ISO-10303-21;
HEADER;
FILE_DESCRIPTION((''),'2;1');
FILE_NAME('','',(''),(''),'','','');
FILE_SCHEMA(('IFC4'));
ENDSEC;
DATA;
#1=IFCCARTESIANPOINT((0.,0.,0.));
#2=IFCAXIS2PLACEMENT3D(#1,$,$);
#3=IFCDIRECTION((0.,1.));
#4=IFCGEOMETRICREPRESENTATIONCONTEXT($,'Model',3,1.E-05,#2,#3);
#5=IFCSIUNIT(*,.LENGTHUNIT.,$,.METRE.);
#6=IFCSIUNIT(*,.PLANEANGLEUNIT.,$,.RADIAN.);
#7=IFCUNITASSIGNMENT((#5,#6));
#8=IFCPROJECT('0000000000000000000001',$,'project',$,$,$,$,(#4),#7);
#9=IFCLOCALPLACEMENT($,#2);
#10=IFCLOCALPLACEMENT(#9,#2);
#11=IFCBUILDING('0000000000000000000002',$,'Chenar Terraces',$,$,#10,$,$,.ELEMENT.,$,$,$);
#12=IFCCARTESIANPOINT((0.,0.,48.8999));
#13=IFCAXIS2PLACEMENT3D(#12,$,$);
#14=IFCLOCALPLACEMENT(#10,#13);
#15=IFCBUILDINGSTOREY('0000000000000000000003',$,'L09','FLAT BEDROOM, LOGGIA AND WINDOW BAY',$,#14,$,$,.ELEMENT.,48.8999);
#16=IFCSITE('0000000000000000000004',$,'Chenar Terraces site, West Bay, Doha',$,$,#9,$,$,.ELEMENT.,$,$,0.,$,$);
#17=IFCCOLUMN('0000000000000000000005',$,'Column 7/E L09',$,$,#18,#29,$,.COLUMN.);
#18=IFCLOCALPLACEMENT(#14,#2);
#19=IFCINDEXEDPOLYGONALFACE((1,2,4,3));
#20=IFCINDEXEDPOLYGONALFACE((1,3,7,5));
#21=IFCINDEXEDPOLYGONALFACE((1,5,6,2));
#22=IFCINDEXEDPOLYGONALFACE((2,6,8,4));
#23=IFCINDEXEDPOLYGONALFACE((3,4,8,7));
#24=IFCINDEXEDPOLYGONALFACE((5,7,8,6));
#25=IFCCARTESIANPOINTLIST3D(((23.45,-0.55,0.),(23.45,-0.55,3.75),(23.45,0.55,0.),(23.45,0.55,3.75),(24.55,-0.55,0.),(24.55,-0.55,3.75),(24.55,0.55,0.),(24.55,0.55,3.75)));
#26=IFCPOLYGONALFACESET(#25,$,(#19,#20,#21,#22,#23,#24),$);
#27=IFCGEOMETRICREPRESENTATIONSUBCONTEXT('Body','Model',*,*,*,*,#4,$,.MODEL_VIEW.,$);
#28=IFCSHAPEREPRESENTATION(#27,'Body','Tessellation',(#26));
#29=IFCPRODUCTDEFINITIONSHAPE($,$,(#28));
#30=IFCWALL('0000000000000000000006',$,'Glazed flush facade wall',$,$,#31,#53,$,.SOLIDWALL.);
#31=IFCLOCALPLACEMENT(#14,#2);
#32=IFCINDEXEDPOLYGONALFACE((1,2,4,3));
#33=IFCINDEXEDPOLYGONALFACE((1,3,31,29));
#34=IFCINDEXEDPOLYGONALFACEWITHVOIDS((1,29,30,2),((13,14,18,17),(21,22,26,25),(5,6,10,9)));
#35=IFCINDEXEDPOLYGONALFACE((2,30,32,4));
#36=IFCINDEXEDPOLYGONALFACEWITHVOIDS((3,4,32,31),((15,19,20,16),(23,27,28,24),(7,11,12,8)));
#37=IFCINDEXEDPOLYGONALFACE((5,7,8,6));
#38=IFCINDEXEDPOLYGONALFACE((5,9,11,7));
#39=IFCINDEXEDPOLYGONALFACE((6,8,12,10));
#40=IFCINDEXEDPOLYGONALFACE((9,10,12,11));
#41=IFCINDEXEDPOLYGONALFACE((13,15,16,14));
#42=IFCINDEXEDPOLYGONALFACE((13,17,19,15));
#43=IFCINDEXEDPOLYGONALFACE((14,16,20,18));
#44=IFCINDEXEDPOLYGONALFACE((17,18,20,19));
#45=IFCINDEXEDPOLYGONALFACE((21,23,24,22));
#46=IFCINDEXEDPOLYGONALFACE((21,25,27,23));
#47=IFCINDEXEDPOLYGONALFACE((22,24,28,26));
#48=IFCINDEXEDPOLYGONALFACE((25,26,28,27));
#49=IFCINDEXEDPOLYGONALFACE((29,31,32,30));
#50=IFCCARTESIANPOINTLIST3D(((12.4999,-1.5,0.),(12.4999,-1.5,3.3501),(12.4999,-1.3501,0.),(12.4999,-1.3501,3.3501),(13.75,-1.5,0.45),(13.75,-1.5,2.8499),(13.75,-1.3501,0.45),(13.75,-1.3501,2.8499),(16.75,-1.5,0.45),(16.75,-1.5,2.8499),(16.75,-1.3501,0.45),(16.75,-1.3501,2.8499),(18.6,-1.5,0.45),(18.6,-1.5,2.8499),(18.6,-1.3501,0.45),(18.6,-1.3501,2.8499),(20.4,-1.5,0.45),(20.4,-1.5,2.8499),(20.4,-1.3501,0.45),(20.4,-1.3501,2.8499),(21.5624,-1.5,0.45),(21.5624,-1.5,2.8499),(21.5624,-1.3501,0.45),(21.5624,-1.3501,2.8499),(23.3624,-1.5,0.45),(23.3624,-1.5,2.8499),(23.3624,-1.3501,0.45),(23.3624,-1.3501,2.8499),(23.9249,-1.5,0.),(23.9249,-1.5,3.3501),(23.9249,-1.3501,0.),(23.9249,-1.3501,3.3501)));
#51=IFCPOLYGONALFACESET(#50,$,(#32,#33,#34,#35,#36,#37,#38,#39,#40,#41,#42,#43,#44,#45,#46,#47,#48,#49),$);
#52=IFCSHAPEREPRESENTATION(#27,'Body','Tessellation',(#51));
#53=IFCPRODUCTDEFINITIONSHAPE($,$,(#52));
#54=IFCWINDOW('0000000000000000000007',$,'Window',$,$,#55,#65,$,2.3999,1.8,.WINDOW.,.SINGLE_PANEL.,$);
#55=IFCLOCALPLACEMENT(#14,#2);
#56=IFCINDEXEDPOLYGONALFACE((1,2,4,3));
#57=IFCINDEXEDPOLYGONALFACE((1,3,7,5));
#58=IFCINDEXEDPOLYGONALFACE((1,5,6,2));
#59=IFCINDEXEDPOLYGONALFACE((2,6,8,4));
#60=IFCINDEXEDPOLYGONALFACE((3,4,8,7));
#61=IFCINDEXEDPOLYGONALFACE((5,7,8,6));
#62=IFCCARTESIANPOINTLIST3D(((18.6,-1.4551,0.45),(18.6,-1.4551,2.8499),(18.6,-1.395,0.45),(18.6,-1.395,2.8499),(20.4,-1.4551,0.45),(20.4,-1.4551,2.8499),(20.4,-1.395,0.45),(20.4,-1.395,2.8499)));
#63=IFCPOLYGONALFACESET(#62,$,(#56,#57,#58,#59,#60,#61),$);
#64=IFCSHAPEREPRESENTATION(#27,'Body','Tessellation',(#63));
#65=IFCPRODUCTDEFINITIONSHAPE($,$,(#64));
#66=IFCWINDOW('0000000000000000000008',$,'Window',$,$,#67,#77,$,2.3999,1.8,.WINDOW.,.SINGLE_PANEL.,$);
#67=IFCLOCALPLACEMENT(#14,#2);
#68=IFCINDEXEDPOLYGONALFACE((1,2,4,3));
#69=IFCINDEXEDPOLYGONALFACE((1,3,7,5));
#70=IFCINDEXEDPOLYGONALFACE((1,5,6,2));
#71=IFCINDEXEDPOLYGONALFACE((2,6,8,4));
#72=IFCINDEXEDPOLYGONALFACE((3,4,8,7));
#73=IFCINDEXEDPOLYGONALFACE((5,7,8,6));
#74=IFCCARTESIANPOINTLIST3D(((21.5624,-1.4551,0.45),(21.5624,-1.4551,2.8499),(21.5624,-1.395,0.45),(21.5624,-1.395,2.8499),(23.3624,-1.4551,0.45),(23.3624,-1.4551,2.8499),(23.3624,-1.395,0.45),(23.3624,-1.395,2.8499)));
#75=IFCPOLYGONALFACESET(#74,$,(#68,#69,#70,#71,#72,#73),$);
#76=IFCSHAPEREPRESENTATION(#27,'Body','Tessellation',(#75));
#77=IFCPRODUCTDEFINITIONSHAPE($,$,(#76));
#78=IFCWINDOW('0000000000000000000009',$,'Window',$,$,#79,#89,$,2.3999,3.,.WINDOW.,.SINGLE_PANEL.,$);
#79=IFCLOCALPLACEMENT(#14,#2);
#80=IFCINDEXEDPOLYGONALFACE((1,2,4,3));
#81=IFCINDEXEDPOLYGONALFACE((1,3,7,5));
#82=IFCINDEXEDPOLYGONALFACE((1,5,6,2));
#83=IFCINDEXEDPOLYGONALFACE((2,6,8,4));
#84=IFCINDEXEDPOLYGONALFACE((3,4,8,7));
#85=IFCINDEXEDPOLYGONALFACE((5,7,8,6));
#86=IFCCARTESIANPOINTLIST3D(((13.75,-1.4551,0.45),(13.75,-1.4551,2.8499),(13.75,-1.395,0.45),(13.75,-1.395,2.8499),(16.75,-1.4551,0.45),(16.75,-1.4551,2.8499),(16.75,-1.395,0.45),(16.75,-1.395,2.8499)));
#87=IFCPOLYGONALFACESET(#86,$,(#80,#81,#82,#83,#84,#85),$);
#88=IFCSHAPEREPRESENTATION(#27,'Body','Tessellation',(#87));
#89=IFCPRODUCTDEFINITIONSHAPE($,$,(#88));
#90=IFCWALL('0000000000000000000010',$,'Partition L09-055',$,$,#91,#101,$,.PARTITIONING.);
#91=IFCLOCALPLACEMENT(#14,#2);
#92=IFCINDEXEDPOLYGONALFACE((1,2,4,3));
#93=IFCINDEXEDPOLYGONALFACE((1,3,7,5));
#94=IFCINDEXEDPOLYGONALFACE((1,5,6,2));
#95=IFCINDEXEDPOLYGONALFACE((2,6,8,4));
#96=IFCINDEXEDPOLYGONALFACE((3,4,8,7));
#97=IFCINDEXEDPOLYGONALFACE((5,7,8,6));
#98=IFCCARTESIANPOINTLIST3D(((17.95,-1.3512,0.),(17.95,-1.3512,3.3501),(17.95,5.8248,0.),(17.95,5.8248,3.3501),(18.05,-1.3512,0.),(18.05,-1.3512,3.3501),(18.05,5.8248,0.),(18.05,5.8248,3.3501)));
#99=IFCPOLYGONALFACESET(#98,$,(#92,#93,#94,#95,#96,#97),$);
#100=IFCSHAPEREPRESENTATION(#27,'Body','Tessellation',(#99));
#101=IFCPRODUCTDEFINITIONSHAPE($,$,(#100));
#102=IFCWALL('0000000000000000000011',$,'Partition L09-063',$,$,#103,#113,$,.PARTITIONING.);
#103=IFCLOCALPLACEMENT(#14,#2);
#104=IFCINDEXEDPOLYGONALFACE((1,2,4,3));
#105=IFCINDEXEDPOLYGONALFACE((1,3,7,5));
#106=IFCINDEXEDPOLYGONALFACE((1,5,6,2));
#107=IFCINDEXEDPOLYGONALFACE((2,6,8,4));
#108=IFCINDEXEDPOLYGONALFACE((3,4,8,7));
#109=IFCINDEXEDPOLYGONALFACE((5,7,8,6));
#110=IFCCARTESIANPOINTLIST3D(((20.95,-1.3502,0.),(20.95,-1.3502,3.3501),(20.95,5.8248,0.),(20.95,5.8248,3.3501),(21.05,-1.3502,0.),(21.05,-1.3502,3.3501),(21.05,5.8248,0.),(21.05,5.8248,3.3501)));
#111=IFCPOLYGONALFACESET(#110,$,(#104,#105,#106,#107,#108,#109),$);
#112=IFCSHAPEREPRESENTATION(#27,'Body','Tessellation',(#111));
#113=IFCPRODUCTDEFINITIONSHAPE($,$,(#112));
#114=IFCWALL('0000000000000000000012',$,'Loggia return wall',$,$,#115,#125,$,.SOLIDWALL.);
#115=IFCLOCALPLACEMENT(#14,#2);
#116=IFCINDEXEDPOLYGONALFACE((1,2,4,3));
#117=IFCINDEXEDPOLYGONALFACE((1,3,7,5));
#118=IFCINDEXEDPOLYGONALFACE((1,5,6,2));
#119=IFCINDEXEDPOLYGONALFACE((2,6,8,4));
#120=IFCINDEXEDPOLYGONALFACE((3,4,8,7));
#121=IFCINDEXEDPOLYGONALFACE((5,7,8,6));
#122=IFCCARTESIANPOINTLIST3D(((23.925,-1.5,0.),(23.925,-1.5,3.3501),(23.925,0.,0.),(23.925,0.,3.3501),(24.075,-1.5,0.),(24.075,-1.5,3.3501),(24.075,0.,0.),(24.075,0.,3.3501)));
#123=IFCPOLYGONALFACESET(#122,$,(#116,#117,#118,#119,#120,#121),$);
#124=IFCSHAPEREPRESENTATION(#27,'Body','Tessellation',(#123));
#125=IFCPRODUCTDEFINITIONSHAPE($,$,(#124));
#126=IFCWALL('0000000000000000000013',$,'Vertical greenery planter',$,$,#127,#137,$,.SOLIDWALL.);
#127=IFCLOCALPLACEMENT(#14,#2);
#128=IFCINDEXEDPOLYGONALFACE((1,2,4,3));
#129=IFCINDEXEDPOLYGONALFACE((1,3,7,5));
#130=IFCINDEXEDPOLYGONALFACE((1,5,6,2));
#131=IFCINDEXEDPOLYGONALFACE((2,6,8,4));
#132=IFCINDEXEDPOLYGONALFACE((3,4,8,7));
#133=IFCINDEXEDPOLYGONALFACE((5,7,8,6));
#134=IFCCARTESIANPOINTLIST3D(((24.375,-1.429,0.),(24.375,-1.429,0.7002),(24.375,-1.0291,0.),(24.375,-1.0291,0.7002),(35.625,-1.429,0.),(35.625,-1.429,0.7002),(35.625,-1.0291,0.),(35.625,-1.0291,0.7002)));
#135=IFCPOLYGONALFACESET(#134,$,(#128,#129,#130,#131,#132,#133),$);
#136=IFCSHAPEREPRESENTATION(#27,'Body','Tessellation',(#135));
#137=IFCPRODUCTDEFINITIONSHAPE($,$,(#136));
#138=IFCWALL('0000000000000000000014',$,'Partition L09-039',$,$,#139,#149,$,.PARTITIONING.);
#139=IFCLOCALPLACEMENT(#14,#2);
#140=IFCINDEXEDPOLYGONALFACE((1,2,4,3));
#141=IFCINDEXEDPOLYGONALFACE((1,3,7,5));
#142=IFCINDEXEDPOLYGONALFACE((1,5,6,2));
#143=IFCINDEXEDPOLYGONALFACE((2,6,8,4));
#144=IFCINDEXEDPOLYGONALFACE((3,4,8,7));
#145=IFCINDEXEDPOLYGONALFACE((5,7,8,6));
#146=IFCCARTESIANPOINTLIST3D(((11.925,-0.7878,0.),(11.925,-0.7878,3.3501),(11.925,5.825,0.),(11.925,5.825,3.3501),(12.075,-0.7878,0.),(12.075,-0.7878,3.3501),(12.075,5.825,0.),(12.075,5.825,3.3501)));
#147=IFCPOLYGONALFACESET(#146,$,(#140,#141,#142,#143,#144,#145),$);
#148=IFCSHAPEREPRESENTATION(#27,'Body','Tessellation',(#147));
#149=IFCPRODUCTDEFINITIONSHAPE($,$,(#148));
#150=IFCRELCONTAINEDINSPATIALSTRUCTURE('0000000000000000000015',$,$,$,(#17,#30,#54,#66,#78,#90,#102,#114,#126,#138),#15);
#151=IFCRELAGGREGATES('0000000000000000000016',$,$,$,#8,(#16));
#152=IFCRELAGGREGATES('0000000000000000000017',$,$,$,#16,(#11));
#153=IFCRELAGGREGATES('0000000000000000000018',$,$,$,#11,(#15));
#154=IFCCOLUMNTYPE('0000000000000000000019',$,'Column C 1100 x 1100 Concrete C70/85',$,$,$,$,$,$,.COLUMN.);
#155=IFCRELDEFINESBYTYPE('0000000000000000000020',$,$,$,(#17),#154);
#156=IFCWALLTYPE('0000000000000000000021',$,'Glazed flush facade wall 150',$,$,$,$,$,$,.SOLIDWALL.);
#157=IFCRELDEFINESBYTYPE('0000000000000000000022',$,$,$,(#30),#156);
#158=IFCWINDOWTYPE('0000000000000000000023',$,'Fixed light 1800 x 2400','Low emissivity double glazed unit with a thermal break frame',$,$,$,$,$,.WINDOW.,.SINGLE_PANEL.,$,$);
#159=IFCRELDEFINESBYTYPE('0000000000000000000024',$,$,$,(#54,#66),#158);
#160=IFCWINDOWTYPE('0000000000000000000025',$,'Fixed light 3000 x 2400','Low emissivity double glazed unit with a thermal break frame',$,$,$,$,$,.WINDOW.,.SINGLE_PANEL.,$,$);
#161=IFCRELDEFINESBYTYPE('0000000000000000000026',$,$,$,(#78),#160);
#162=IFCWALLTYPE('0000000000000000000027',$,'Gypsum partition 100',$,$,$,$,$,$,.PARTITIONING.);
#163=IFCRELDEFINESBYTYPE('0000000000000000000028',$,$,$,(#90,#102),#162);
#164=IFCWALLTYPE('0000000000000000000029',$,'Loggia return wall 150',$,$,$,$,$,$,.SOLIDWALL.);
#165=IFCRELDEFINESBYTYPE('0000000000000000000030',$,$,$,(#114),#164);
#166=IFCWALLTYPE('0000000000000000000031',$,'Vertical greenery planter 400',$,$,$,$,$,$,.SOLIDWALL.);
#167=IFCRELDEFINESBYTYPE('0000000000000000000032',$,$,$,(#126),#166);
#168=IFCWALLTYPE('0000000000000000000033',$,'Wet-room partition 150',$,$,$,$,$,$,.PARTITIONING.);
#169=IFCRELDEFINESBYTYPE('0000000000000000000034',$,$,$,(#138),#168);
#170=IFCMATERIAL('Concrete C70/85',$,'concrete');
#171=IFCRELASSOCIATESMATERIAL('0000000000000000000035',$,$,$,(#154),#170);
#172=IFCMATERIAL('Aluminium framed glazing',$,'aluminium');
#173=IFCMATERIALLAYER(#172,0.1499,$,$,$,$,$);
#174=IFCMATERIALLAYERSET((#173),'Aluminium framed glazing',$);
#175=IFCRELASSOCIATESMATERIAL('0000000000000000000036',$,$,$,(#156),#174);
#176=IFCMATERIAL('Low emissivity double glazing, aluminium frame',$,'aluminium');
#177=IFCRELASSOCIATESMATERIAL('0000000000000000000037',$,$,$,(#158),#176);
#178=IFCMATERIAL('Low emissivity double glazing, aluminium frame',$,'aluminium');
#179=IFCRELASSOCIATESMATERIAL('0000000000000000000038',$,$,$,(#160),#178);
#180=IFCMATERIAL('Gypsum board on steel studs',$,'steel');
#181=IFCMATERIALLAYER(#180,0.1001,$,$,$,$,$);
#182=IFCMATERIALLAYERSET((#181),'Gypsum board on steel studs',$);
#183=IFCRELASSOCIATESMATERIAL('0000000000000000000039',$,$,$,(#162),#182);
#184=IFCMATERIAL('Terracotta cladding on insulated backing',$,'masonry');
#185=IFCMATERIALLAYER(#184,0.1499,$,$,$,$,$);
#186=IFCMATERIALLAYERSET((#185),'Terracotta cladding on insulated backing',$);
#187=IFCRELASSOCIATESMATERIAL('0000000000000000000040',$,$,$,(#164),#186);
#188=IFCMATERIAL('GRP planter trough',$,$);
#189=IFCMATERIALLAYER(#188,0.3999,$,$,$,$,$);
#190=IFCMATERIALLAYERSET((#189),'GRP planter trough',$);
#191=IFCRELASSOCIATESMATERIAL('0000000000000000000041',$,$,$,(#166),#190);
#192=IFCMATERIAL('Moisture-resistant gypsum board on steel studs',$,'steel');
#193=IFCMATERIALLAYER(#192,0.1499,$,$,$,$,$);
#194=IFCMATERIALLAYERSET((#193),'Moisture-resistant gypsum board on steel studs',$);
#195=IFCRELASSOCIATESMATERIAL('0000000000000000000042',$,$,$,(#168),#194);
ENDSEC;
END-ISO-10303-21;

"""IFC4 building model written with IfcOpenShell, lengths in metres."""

from ifc_helpers import new_model, si_unit, direction, frame, frame_2d, origin, origin_2d, place, context, subcontext, project, spatial, rectangle, extrude, material, layer, layer_set, material_profile, profile_set, type_object, element, fill, save


model = new_model("IFC4")

# Units and contexts
model_context = context("Model", 3, precision=1e-05, world=origin(), true_north=direction((0.0, 1.0)))
body_context = subcontext(model_context, "Body", "Model", "MODEL_VIEW")
ifc_project = project(units=[si_unit("LENGTHUNIT", "METRE"), si_unit("PLANEANGLEUNIT", "RADIAN")], contexts=[model_context])

# Site, building, storey
site_placement = place(None, origin())
site = spatial("IfcSite", under=ifc_project, at=site_placement, Name="Chenar Terraces site, West Bay, Doha", CompositionType="ELEMENT", RefElevation=0.0)
building_placement = place(site_placement, origin())
building = spatial("IfcBuilding", under=site, at=building_placement, Name="Chenar Terraces", CompositionType="ELEMENT")
storey_placement = place(building_placement, frame((0.0, 0.0, 48.8999)))
storey = spatial("IfcBuildingStorey", under=building, at=storey_placement, Name="L09", Description="FLAT BEDROOM, LOGGIA AND WINDOW BAY", CompositionType="ELEMENT", Elevation=48.8999)

# Column
ifc_material_1 = material(Name="Concrete C70/85", Category="concrete")
ifc_material_profile_1 = material_profile(ifc_material_1, rectangle(XDim=1.1001, YDim=1.1001, at=origin_2d()), Name="C 1100 x 1100")
ifc_profile_set_1 = profile_set([ifc_material_profile_1], Name="Concrete C70/85")
column_type = type_object("IfcColumnType", Name="Column C 1100 x 1100 Concrete C70/85", PredefinedType="COLUMN", material=ifc_profile_set_1)
column_placement = place(storey_placement, frame((24.0, 0.0, 0.0), z_axis=(0.0, 0.0, 1.0), x_axis=(1.0, 0.0, 0.0)))
element("IfcColumn", 1, at=column_placement, inside=storey, type_object=column_type, Name="Column 7/E L09", PredefinedType="COLUMN", context=body_context, shape_type="SweptSolid", body=[
    extrude(rectangle(XDim=1.1001, YDim=1.1001, at=origin_2d()), origin(), (0.0, 0.0, 1.0), 3.75),
])

# Wall, openings, windows
ifc_material_2 = material(Name="Aluminium framed glazing", Category="aluminium")
ifc_layer_1 = layer(ifc_material_2, 0.1499)
ifc_layer_set_1 = layer_set([ifc_layer_1], Name="Aluminium framed glazing")
wall_type_1 = type_object("IfcWallType", Name="Glazed flush facade wall 150", PredefinedType="SOLIDWALL", material=ifc_layer_set_1)
wall_1_placement = place(storey_placement, frame((12.5, -1.425, 0.0), z_axis=(0.0, 0.0, 1.0), x_axis=(1.0, 0.0, 0.0)))
wall_1 = element("IfcWall", 2, at=wall_1_placement, inside=storey, type_object=wall_type_1, Name="Glazed flush facade wall", PredefinedType="SOLIDWALL", context=body_context, shape_type="SweptSolid", body=[
    extrude(rectangle(XDim=11.425, YDim=0.1499, at=frame_2d((5.7124, 0.0))), origin(), (0.0, 0.0, 1.0), 3.3501),
])
opening_1_placement = place(wall_1_placement, frame((1.25, 0.0, 0.45)))
opening_1 = element("IfcOpeningElement", 3, at=opening_1_placement, cuts=wall_1, PredefinedType="OPENING", context=body_context, shape_type="SweptSolid", body=[
    extrude(rectangle(XDim=3.0, YDim=2.3999, at=frame_2d((1.5, 1.2))), frame((0.0, 0.085, 0.0), z_axis=(0.0, -1.0, 0.0), x_axis=(1.0, 0.0, 0.0)), (0.0, 0.0, 1.0), 0.1699),
])
opening_2_placement = place(wall_1_placement, frame((6.1001, 0.0, 0.45)))
opening_2 = element("IfcOpeningElement", 4, at=opening_2_placement, cuts=wall_1, PredefinedType="OPENING", context=body_context, shape_type="SweptSolid", body=[
    extrude(rectangle(XDim=1.8, YDim=2.3999, at=frame_2d((0.8999, 1.2))), frame((0.0, 0.085, 0.0), z_axis=(0.0, -1.0, 0.0), x_axis=(1.0, 0.0, 0.0)), (0.0, 0.0, 1.0), 0.1699),
])
opening_3_placement = place(wall_1_placement, frame((9.0625, 0.0, 0.45)))
opening_3 = element("IfcOpeningElement", 5, at=opening_3_placement, cuts=wall_1, PredefinedType="OPENING", context=body_context, shape_type="SweptSolid", body=[
    extrude(rectangle(XDim=1.8, YDim=2.3999, at=frame_2d((0.8999, 1.2))), frame((0.0, 0.085, 0.0), z_axis=(0.0, -1.0, 0.0), x_axis=(1.0, 0.0, 0.0)), (0.0, 0.0, 1.0), 0.1699),
])
ifc_material_3 = material(Name="Low emissivity double glazing, aluminium frame", Category="aluminium")
window_type_1 = type_object("IfcWindowType", Name="Fixed light 1800 x 2400", Description="Low emissivity double glazed unit with a thermal break frame", PartitioningType="SINGLE_PANEL", PredefinedType="WINDOW", material=ifc_material_3)
window_1_placement = place(opening_2_placement, origin())
window_1 = element("IfcWindow", 6, at=window_1_placement, inside=storey, type_object=window_type_1, Name="Window", OverallHeight=2.3999, OverallWidth=1.8, PartitioningType="SINGLE_PANEL", PredefinedType="WINDOW", context=body_context, shape_type="SweptSolid", body=[
    extrude(rectangle(XDim=1.8, YDim=2.3999, at=frame_2d((0.8999, 1.2))), frame((0.0, 0.03, 0.0), z_axis=(0.0, -1.0, 0.0), x_axis=(1.0, 0.0, 0.0)), (0.0, 0.0, 1.0), 0.0601),
])
fill(opening_2, window_1)
window_2_placement = place(opening_3_placement, origin())
window_2 = element("IfcWindow", 7, at=window_2_placement, inside=storey, type_object=window_type_1, Name="Window", OverallHeight=2.3999, OverallWidth=1.8, PartitioningType="SINGLE_PANEL", PredefinedType="WINDOW", context=body_context, shape_type="SweptSolid", body=[
    extrude(rectangle(XDim=1.8, YDim=2.3999, at=frame_2d((0.8999, 1.2))), frame((0.0, 0.03, 0.0), z_axis=(0.0, -1.0, 0.0), x_axis=(1.0, 0.0, 0.0)), (0.0, 0.0, 1.0), 0.0601),
])
fill(opening_3, window_2)
ifc_material_4 = material(Name="Low emissivity double glazing, aluminium frame", Category="aluminium")
window_type_2 = type_object("IfcWindowType", Name="Fixed light 3000 x 2400", Description="Low emissivity double glazed unit with a thermal break frame", PartitioningType="SINGLE_PANEL", PredefinedType="WINDOW", material=ifc_material_4)
window_3_placement = place(opening_1_placement, origin())
window_3 = element("IfcWindow", 8, at=window_3_placement, inside=storey, type_object=window_type_2, Name="Window", OverallHeight=2.3999, OverallWidth=3.0, PartitioningType="SINGLE_PANEL", PredefinedType="WINDOW", context=body_context, shape_type="SweptSolid", body=[
    extrude(rectangle(XDim=3.0, YDim=2.3999, at=frame_2d((1.5, 1.2))), frame((0.0, 0.03, 0.0), z_axis=(0.0, -1.0, 0.0), x_axis=(1.0, 0.0, 0.0)), (0.0, 0.0, 1.0), 0.0601),
])
fill(opening_1, window_3)

# Walls
ifc_material_5 = material(Name="Gypsum board on steel studs", Category="steel")
ifc_layer_2 = layer(ifc_material_5, 0.1001)
ifc_layer_set_2 = layer_set([ifc_layer_2], Name="Gypsum board on steel studs")
wall_type_2 = type_object("IfcWallType", Name="Gypsum partition 100", PredefinedType="PARTITIONING", material=ifc_layer_set_2)
wall_2_placement = place(storey_placement, frame((18.0, -1.3511, 0.0), z_axis=(0.0, 0.0, 1.0), x_axis=(0.0, 1.0, 0.0)))
element("IfcWall", 9, at=wall_2_placement, inside=storey, type_object=wall_type_2, Name="Partition L09-055", PredefinedType="PARTITIONING", context=body_context, shape_type="SweptSolid", body=[
    extrude(rectangle(XDim=7.176, YDim=0.1001, at=frame_2d((3.5879, 0.0))), origin(), (0.0, 0.0, 1.0), 3.3501),
])
wall_3_placement = place(storey_placement, frame((21.0, -1.3501, 0.0), z_axis=(0.0, 0.0, 1.0), x_axis=(0.0, 1.0, 0.0)))
element("IfcWall", 10, at=wall_3_placement, inside=storey, type_object=wall_type_2, Name="Partition L09-063", PredefinedType="PARTITIONING", context=body_context, shape_type="SweptSolid", body=[
    extrude(rectangle(XDim=7.175, YDim=0.1001, at=frame_2d((3.5874, 0.0))), origin(), (0.0, 0.0, 1.0), 3.3501),
])
ifc_material_6 = material(Name="Terracotta cladding on insulated backing", Category="masonry")
ifc_layer_3 = layer(ifc_material_6, 0.1499)
ifc_layer_set_3 = layer_set([ifc_layer_3], Name="Terracotta cladding on insulated backing")
wall_type_3 = type_object("IfcWallType", Name="Loggia return wall 150", PredefinedType="SOLIDWALL", material=ifc_layer_set_3)
wall_4_placement = place(storey_placement, frame((24.0, -1.5, 0.0), z_axis=(0.0, 0.0, 1.0), x_axis=(0.0, 1.0, 0.0)))
element("IfcWall", 11, at=wall_4_placement, inside=storey, type_object=wall_type_3, Name="Loggia return wall", PredefinedType="SOLIDWALL", context=body_context, shape_type="SweptSolid", body=[
    extrude(rectangle(XDim=1.5, YDim=0.1499, at=frame_2d((0.75, 0.0))), origin(), (0.0, 0.0, 1.0), 3.3501),
])
ifc_material_7 = material(Name="GRP planter trough")
ifc_layer_4 = layer(ifc_material_7, 0.3999)
ifc_layer_set_4 = layer_set([ifc_layer_4], Name="GRP planter trough")
wall_type_4 = type_object("IfcWallType", Name="Vertical greenery planter 400", PredefinedType="SOLIDWALL", material=ifc_layer_set_4)
wall_5_placement = place(storey_placement, frame((24.375, -1.229, 0.0), z_axis=(0.0, 0.0, 1.0), x_axis=(1.0, 0.0, 0.0)))
element("IfcWall", 12, at=wall_5_placement, inside=storey, type_object=wall_type_4, Name="Vertical greenery planter", PredefinedType="SOLIDWALL", context=body_context, shape_type="SweptSolid", body=[
    extrude(rectangle(XDim=11.25, YDim=0.3999, at=frame_2d((5.625, 0.0))), origin(), (0.0, 0.0, 1.0), 0.7002),
])
ifc_material_8 = material(Name="Moisture-resistant gypsum board on steel studs", Category="steel")
ifc_layer_5 = layer(ifc_material_8, 0.1499)
ifc_layer_set_5 = layer_set([ifc_layer_5], Name="Moisture-resistant gypsum board on steel studs")
wall_type_5 = type_object("IfcWallType", Name="Wet-room partition 150", PredefinedType="PARTITIONING", material=ifc_layer_set_5)
wall_6_placement = place(storey_placement, frame((12.0, -0.7878, 0.0), z_axis=(0.0, 0.0, 1.0), x_axis=(0.0, 1.0, 0.0)))
element("IfcWall", 13, at=wall_6_placement, inside=storey, type_object=wall_type_5, Name="Partition L09-039", PredefinedType="PARTITIONING", context=body_context, shape_type="SweptSolid", body=[
    extrude(rectangle(XDim=6.6128, YDim=0.1499, at=frame_2d((3.3064, 0.0))), origin(), (0.0, 0.0, 1.0), 3.3501),
])

save(model, "model.ifc")
